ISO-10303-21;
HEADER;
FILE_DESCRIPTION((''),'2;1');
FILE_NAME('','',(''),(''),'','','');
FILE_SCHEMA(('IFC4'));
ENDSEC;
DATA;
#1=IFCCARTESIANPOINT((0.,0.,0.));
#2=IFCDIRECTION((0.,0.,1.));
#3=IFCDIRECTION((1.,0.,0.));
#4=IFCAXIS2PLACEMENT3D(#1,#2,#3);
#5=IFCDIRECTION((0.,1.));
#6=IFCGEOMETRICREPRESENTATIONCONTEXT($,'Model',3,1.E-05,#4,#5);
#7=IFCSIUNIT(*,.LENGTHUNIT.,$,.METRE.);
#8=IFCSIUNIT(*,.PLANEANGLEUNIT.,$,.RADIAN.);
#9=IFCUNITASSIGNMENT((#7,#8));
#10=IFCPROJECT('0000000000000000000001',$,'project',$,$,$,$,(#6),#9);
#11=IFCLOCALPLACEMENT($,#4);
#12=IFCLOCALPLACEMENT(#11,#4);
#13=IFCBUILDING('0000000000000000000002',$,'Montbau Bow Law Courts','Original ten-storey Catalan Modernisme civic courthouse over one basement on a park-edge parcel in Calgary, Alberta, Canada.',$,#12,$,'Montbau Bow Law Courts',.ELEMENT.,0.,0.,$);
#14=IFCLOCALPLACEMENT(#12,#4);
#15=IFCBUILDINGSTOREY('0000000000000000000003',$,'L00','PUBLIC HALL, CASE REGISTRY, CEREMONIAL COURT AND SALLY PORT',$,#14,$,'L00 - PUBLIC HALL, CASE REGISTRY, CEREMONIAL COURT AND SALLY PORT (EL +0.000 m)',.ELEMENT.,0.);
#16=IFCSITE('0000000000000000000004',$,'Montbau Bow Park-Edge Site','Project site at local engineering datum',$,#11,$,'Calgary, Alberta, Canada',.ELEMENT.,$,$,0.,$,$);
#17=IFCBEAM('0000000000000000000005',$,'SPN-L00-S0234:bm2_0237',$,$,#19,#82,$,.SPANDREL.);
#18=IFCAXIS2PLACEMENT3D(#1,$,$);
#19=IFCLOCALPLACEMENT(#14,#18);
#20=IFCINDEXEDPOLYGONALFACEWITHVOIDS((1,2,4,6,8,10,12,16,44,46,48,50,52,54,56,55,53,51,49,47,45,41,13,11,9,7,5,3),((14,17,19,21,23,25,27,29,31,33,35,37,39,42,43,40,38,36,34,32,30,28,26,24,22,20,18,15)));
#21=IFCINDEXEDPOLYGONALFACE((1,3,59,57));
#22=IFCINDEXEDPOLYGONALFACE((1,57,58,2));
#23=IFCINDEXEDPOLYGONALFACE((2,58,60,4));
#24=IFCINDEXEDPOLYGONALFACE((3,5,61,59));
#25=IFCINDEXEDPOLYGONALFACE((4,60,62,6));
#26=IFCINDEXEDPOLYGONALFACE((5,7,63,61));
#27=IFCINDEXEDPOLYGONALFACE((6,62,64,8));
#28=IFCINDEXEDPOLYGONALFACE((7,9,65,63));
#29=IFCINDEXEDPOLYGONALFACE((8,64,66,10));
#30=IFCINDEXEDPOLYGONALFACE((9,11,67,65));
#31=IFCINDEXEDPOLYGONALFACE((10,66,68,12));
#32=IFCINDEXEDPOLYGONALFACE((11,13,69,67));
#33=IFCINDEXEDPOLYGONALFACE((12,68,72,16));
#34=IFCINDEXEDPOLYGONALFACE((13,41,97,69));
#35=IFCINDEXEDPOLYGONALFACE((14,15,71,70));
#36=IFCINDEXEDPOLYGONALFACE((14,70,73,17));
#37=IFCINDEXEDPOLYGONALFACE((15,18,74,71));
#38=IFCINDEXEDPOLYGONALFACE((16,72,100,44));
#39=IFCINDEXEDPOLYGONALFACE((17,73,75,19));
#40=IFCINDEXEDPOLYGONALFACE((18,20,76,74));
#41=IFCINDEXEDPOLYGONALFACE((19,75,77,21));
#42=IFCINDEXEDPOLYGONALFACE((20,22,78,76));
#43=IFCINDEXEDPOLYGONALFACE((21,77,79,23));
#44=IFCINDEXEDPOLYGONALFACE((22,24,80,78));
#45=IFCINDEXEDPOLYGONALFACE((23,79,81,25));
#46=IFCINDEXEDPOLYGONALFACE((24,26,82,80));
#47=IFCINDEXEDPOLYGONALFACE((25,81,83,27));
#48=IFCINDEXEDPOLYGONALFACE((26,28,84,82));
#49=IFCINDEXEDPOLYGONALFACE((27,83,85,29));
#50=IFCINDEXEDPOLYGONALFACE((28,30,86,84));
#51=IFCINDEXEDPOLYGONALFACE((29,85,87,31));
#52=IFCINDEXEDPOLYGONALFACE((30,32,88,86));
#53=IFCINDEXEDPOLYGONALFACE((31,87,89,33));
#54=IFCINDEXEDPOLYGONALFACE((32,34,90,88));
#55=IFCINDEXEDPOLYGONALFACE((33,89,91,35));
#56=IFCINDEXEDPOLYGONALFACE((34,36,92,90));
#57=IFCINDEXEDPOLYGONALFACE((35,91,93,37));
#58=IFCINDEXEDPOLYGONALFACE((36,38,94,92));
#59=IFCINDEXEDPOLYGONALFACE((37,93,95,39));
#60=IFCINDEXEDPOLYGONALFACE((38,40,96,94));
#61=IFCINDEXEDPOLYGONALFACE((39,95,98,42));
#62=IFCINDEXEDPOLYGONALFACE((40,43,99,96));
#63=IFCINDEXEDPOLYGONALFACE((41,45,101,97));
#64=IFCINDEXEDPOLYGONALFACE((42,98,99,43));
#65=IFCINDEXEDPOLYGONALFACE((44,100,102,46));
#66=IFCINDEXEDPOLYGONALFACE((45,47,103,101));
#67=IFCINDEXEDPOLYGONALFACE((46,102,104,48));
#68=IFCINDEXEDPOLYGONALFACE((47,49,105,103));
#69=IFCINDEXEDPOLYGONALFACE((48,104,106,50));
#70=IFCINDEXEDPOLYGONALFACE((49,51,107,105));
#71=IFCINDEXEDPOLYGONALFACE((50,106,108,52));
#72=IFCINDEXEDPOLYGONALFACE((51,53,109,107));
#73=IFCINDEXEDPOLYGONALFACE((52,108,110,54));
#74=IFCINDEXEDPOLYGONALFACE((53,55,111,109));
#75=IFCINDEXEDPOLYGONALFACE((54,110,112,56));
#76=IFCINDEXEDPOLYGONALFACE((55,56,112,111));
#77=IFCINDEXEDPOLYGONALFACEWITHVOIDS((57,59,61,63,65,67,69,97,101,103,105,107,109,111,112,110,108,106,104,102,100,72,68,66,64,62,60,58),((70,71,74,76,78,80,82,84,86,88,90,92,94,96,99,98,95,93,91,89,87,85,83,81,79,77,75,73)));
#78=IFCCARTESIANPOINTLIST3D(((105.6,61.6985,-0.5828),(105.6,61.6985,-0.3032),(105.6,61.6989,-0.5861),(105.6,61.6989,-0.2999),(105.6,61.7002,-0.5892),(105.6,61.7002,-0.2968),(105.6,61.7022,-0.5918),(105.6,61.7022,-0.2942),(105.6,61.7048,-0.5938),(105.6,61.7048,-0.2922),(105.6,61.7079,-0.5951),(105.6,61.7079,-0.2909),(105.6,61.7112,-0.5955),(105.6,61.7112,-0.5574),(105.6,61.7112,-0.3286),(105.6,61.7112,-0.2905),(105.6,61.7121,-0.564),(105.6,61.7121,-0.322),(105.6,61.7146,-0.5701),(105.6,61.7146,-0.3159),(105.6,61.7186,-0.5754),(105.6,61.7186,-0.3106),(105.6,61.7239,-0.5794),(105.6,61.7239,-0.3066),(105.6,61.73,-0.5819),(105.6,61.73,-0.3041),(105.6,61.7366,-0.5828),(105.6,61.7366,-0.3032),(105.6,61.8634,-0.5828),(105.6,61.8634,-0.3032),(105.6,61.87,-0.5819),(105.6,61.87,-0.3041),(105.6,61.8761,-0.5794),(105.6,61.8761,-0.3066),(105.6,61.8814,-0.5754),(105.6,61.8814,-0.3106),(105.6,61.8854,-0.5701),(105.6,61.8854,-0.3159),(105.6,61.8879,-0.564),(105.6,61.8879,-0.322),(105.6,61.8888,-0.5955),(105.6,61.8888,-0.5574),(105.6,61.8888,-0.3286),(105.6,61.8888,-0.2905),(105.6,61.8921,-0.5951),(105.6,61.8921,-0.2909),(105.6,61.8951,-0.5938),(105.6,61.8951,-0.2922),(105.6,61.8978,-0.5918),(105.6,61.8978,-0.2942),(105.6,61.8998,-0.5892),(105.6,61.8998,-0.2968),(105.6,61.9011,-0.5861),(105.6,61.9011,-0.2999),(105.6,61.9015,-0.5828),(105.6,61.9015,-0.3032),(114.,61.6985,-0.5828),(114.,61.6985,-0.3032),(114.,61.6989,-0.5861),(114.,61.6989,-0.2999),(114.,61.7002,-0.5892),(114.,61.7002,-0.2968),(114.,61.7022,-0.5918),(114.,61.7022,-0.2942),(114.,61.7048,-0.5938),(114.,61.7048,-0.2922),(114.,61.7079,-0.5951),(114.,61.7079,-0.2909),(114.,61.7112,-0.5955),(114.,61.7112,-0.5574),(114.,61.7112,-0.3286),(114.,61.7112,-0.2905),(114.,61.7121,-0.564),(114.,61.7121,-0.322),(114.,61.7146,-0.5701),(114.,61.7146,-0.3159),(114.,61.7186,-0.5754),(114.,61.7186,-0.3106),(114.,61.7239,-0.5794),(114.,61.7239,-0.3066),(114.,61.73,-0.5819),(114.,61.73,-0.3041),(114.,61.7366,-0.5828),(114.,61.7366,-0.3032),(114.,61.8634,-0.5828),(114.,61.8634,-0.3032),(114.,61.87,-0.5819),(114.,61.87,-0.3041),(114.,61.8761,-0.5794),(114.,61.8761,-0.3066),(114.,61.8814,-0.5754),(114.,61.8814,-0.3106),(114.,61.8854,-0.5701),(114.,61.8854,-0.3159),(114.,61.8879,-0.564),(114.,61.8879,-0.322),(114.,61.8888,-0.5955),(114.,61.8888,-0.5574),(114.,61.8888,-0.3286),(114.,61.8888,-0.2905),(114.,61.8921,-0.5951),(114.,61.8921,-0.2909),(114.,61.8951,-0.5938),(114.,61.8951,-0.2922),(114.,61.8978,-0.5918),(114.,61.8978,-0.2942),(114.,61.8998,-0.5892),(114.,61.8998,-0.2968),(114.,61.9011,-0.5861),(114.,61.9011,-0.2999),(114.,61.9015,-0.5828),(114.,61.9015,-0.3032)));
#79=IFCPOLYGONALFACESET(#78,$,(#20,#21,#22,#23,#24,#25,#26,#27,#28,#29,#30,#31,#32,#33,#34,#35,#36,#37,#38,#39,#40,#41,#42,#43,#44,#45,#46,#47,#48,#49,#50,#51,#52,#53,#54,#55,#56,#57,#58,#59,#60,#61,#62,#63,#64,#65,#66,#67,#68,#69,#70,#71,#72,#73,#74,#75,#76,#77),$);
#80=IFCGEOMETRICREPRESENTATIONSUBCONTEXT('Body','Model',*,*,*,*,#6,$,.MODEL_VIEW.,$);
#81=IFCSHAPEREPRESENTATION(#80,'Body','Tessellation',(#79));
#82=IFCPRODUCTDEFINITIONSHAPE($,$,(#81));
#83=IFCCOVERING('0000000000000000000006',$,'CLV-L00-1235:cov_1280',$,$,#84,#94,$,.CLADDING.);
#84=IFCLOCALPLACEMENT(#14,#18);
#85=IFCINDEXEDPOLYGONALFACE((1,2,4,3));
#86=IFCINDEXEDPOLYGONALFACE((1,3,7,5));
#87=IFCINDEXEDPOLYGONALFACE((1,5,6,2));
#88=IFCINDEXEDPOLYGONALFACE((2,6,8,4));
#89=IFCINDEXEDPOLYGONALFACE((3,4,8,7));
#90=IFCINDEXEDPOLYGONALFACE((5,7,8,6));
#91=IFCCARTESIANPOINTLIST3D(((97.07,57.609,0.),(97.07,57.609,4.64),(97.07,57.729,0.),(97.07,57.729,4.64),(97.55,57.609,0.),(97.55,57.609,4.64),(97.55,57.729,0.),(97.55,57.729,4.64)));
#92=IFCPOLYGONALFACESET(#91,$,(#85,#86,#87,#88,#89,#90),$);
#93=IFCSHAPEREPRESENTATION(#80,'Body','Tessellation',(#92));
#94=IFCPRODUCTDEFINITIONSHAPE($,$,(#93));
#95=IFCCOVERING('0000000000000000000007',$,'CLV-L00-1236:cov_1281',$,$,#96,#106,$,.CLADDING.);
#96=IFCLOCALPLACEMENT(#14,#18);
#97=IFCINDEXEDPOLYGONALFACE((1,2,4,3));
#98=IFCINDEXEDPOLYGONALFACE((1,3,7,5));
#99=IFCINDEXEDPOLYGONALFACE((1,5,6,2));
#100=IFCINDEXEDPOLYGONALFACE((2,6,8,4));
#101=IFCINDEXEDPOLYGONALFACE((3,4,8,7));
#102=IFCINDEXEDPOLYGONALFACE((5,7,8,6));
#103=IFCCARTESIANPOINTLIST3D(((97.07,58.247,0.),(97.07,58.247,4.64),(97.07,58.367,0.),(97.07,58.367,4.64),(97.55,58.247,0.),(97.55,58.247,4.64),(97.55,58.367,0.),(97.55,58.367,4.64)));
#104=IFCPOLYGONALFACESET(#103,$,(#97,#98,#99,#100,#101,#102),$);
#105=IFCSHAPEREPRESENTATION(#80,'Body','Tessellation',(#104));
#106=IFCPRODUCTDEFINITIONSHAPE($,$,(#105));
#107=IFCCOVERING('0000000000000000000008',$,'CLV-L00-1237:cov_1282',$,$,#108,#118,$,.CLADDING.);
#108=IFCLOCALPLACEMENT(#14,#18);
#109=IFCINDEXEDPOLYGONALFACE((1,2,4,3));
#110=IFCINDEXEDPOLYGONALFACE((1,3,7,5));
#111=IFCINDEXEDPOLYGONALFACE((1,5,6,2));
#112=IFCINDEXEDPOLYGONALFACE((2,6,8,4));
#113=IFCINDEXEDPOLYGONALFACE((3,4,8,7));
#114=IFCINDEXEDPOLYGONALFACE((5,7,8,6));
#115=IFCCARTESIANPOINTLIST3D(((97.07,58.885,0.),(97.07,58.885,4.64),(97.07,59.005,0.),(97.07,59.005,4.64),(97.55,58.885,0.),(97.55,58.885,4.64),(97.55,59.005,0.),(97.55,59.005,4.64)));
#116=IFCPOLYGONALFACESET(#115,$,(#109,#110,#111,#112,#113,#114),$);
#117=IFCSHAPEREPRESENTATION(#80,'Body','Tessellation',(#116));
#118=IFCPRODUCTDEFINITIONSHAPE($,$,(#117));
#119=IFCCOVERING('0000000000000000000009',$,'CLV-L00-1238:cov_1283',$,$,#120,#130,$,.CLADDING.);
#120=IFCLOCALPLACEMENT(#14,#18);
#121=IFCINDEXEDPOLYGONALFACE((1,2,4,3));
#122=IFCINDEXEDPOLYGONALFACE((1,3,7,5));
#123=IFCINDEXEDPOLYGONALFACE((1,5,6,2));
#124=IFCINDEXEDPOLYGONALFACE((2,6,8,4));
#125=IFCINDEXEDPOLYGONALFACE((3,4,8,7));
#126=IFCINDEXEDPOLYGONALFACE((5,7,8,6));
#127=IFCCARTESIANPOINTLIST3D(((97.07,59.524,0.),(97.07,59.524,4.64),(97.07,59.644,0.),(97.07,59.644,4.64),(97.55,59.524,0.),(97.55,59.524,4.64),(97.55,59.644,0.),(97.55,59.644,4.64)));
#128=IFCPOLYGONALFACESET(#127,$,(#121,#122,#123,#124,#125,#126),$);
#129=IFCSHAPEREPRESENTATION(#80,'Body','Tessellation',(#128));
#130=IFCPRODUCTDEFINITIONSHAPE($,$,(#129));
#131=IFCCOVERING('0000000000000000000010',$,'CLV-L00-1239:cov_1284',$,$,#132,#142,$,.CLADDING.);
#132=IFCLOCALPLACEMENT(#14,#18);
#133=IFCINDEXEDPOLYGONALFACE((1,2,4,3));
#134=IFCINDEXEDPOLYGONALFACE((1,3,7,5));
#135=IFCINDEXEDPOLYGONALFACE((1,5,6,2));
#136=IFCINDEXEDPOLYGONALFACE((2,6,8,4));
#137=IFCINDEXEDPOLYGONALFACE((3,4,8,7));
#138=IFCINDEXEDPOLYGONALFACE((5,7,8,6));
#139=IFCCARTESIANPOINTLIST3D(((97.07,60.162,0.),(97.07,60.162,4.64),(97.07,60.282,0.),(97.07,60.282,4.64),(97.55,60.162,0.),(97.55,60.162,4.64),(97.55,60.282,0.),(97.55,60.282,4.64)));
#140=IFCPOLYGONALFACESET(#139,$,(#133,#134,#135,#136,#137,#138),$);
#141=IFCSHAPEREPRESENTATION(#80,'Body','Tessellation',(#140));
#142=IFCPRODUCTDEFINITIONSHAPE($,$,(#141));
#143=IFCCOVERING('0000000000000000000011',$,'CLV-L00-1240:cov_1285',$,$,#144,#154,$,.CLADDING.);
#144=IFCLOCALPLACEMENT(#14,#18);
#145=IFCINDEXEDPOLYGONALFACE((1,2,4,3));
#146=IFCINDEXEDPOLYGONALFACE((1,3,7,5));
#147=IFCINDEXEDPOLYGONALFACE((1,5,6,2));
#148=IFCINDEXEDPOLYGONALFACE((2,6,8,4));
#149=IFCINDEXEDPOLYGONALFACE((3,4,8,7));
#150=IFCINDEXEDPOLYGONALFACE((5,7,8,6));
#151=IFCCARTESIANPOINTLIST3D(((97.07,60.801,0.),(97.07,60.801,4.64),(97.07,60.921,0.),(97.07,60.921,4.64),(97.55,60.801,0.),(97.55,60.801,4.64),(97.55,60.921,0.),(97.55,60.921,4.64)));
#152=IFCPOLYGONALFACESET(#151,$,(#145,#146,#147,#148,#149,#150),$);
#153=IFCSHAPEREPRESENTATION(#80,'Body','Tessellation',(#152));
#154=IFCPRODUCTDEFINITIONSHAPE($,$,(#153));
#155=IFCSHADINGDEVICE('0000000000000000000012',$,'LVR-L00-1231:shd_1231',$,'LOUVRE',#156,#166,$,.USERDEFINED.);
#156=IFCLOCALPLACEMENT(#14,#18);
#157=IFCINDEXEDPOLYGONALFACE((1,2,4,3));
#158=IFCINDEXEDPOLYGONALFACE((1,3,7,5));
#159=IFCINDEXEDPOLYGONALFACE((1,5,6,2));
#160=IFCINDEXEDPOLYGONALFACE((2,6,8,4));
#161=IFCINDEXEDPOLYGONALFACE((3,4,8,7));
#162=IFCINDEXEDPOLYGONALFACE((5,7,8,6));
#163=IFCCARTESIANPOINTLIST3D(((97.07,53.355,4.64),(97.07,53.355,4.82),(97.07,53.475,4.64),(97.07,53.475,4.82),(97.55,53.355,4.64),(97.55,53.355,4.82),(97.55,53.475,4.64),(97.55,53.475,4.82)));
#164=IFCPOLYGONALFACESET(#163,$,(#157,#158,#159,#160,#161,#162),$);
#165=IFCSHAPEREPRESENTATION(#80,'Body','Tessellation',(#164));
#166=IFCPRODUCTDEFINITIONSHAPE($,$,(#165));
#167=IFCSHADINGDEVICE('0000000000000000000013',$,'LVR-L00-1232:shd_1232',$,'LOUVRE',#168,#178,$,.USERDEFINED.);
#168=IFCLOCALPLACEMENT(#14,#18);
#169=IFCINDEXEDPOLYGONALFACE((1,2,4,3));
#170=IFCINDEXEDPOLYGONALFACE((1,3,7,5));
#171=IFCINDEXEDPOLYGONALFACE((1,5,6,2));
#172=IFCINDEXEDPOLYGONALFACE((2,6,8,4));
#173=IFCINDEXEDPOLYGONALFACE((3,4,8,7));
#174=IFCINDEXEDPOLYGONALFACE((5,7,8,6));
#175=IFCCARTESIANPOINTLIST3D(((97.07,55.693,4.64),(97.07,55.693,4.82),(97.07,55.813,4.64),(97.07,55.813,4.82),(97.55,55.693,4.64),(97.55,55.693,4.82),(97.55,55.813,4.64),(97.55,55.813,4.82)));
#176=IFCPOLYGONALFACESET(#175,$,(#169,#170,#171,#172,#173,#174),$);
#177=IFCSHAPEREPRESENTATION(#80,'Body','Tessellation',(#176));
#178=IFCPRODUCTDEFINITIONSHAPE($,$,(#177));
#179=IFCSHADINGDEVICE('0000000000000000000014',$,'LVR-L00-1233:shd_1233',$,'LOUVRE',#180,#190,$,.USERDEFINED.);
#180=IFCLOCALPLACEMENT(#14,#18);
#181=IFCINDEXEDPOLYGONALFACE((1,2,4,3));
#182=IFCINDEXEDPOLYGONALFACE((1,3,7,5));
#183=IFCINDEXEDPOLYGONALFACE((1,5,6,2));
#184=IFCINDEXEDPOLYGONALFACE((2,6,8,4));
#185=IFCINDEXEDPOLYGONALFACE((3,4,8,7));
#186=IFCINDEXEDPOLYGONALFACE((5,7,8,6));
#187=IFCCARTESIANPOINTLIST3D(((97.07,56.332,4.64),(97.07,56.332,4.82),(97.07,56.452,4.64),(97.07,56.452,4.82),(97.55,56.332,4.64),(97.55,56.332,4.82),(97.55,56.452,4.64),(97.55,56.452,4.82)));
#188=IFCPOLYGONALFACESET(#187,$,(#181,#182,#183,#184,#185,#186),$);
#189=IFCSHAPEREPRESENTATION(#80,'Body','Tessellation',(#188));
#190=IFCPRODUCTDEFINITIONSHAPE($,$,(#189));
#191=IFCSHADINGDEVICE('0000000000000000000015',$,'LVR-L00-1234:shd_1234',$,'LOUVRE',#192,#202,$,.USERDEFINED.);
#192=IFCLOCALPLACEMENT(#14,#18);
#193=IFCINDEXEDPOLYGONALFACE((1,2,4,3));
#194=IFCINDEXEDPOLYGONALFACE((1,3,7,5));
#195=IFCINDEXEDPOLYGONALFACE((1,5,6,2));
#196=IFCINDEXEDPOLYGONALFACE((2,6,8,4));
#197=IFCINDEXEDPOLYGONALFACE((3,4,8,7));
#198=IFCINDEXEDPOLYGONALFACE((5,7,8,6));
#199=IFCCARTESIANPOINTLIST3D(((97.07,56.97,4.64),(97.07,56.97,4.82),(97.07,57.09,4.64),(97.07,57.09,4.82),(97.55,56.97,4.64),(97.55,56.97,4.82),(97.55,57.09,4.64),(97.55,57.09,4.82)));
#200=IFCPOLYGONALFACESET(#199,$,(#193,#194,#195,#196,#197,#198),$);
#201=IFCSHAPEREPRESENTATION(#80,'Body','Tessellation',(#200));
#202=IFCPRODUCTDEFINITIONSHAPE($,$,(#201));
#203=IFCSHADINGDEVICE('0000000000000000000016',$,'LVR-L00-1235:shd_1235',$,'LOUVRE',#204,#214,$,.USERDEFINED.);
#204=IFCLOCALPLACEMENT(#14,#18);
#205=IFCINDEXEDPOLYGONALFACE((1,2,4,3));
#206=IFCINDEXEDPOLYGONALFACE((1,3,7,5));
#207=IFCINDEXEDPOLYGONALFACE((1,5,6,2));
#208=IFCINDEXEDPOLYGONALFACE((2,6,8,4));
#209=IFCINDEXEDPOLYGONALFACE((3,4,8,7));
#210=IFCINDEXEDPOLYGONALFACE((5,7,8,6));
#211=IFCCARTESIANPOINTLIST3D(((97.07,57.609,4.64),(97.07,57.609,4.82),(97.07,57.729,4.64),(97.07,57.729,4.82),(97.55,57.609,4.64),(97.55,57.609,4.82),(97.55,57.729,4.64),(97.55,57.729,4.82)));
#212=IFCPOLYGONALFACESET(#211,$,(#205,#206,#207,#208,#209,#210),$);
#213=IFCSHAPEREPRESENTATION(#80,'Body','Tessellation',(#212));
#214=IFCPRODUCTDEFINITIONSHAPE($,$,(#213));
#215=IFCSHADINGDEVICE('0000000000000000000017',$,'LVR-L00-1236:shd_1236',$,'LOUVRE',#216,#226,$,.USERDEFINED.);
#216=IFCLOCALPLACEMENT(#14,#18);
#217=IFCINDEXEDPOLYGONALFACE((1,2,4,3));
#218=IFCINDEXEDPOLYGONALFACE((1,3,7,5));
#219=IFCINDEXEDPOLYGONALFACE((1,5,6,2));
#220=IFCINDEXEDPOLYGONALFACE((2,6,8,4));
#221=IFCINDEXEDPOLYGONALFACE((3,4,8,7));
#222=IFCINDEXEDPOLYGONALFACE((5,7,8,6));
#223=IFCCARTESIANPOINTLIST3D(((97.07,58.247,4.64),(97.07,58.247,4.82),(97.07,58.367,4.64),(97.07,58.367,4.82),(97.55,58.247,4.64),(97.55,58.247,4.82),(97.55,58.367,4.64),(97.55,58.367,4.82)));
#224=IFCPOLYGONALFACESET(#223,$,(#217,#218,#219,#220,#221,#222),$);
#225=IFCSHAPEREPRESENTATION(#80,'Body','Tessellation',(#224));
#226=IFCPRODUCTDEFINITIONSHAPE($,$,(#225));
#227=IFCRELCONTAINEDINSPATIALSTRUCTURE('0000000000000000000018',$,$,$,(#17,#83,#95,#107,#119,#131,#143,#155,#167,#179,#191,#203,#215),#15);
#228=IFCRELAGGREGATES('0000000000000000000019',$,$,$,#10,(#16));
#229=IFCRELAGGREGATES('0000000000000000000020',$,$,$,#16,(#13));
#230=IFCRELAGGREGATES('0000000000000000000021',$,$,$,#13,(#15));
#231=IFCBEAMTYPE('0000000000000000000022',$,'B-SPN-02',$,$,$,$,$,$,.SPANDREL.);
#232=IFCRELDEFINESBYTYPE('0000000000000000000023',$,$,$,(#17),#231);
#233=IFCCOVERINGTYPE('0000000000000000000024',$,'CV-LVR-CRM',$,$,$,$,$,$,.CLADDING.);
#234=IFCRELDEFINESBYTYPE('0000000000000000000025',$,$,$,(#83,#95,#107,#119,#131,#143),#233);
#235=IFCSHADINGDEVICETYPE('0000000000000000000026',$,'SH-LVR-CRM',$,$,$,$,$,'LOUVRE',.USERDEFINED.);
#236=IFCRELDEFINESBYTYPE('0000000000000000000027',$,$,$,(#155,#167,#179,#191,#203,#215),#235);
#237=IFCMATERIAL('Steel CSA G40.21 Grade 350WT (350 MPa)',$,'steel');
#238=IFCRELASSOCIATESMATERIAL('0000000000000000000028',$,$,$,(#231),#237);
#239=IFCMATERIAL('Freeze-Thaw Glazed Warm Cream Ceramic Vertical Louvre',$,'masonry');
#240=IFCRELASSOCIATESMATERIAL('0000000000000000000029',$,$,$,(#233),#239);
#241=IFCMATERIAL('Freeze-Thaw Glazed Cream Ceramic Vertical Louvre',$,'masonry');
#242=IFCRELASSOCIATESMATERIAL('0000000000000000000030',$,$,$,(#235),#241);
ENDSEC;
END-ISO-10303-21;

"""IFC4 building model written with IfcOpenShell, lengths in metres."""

from ifc_helpers import new_model, si_unit, direction, frame, frame_2d, origin_with_axes, origin_2d_with_axis, place, context, subcontext, project, spatial, rectangle, hollow_rectangle, extrude, material, material_profile, profile_set, type_object, element, save


model = new_model("IFC4")

# Units and contexts
model_context = context("Model", 3, precision=1e-05, world=origin_with_axes(), true_north=direction((0.0, 1.0)))
body_context = subcontext(model_context, "Body", "Model", "MODEL_VIEW")
ifc_project = project(units=[si_unit("LENGTHUNIT", "METRE"), si_unit("PLANEANGLEUNIT", "RADIAN")], contexts=[model_context])

# Site, building, storey
site_placement = place(None, origin_with_axes())
site = spatial("IfcSite", under=ifc_project, at=site_placement, Name="Montbau Bow Park-Edge Site", Description="Project site at local engineering datum", LongName="Calgary, Alberta, Canada", CompositionType="ELEMENT", RefElevation=0.0)
building_placement = place(site_placement, origin_with_axes())
building = spatial("IfcBuilding", under=site, at=building_placement, Name="Montbau Bow Law Courts", Description="Original ten-storey Catalan Modernisme civic courthouse over one basement on a park-edge parcel in Calgary, Alberta, Canada.", LongName="Montbau Bow Law Courts", CompositionType="ELEMENT", ElevationOfRefHeight=0.0, ElevationOfTerrain=0.0)
storey_placement = place(building_placement, origin_with_axes())
storey = spatial("IfcBuildingStorey", under=building, at=storey_placement, Name="L00", Description="PUBLIC HALL, CASE REGISTRY, CEREMONIAL COURT AND SALLY PORT", LongName="L00 - PUBLIC HALL, CASE REGISTRY, CEREMONIAL COURT AND SALLY PORT (EL +0.000 m)", CompositionType="ELEMENT", Elevation=0.0)

# Shared definitions
ifc_material_1 = material(Name="Steel CSA G40.21 Grade 350WT (350 MPa)", Category="steel")

# Beam
ifc_material_profile_1 = material_profile(ifc_material_1, hollow_rectangle(XDim=0.203, YDim=0.305, WallThickness=0.0127, InnerFilletRadius=0.0254, OuterFilletRadius=0.0127, at=origin_2d_with_axis()), Name="HSS305X203X13", Category="Main", Priority=0)
ifc_profile_set_1 = profile_set([ifc_material_profile_1], Name="Steel CSA G40.21 Grade 350WT (350 MPa)")
beam_type_1 = type_object("IfcBeamType", Name="B-SPN-02", PredefinedType="SPANDREL", material=ifc_profile_set_1)
beam_1_placement = place(None, frame((105.6, 61.8, -0.443), z_axis=(1.0, 0.0, 0.0), x_axis=(0.0, 1.0, 0.0)))
element("IfcBeam", 1, at=beam_1_placement, inside=storey, type_object=beam_type_1, Name="SPN-L00-S0234:bm2_0237", PredefinedType="SPANDREL", context=body_context, shape_type="SweptSolid", body=[
    extrude(hollow_rectangle(XDim=0.203, YDim=0.305, WallThickness=0.0127, InnerFilletRadius=0.0254, OuterFilletRadius=0.0127, at=origin_2d_with_axis()), origin_with_axes(), (0.0, 0.0, 1.0), 8.4),
])

# Coverings
ifc_material_2 = material(Name="Freeze-Thaw Glazed Warm Cream Ceramic Vertical Louvre", Category="masonry")
covering_type = type_object("IfcCoveringType", Name="CV-LVR-CRM", PredefinedType="CLADDING", material=ifc_material_2)
for number, where, z_axis, x_axis, name in (
    (2, (97.07, 57.669, 0.0), (0.0, -1.0, 0.0), (1.0, 0.0, 0.0), "CLV-L00-1235:cov_1280"),
    (3, (97.07, 58.307, 0.0), (0.0, -1.0, 0.0), (1.0, 0.0, 0.0), "CLV-L00-1236:cov_1281"),
    (4, (97.07, 58.945, 0.0), (0.0, -1.0, 0.0), (1.0, 0.0, 0.0), "CLV-L00-1237:cov_1282"),
    (5, (97.07, 59.584, 0.0), (0.0, -1.0, 0.0), (1.0, 0.0, 0.0), "CLV-L00-1238:cov_1283"),
    (6, (97.07, 60.222, 0.0), (0.0, -1.0, 0.0), (1.0, 0.0, 0.0), "CLV-L00-1239:cov_1284"),
    (7, (97.07, 60.861, 0.0), (0.0, -1.0, 0.0), (1.0, 0.0, 0.0), "CLV-L00-1240:cov_1285"),
):
    element("IfcCovering", number, at=place(None, frame(where, z_axis=z_axis, x_axis=x_axis)), inside=storey, type_object=covering_type, Name=name, PredefinedType="CLADDING", context=body_context, shape_type="SweptSolid", body=[
        extrude(rectangle(XDim=0.48, YDim=4.64, at=frame_2d((0.24, 2.32), x_axis=(1.0, 0.0))), frame((0.0, 0.0, -0.06), z_axis=(0.0, 0.0, 1.0), x_axis=(1.0, 0.0, 0.0)), (0.0, 0.0, 1.0), 0.12),
    ])

# Shading devices
ifc_material_3 = material(Name="Freeze-Thaw Glazed Cream Ceramic Vertical Louvre", Category="masonry")
shading_device_type = type_object("IfcShadingDeviceType", Name="SH-LVR-CRM", ElementType="LOUVRE", PredefinedType="USERDEFINED", material=ifc_material_3)
for number, where, z_axis, x_axis, name in (
    (8, (97.31, 53.415, 4.64), (0.0, 0.0, 1.0), (1.0, 0.0, 0.0), "LVR-L00-1231:shd_1231"),
    (9, (97.31, 55.753, 4.64), (0.0, 0.0, 1.0), (1.0, 0.0, 0.0), "LVR-L00-1232:shd_1232"),
    (10, (97.31, 56.392, 4.64), (0.0, 0.0, 1.0), (1.0, 0.0, 0.0), "LVR-L00-1233:shd_1233"),
    (11, (97.31, 57.03, 4.64), (0.0, 0.0, 1.0), (1.0, 0.0, 0.0), "LVR-L00-1234:shd_1234"),
    (12, (97.31, 57.669, 4.64), (0.0, 0.0, 1.0), (1.0, 0.0, 0.0), "LVR-L00-1235:shd_1235"),
    (13, (97.31, 58.307, 4.64), (0.0, 0.0, 1.0), (1.0, 0.0, 0.0), "LVR-L00-1236:shd_1236"),
):
    element("IfcShadingDevice", number, at=place(None, frame(where, z_axis=z_axis, x_axis=x_axis)), inside=storey, type_object=shading_device_type, Name=name, ObjectType="LOUVRE", PredefinedType="USERDEFINED", context=body_context, shape_type="SweptSolid", body=[
        extrude(rectangle(XDim=0.48, YDim=0.12, at=origin_2d_with_axis()), origin_with_axes(), (0.0, 0.0, 1.0), 0.18),
    ])

save(model, "model.ifc")
